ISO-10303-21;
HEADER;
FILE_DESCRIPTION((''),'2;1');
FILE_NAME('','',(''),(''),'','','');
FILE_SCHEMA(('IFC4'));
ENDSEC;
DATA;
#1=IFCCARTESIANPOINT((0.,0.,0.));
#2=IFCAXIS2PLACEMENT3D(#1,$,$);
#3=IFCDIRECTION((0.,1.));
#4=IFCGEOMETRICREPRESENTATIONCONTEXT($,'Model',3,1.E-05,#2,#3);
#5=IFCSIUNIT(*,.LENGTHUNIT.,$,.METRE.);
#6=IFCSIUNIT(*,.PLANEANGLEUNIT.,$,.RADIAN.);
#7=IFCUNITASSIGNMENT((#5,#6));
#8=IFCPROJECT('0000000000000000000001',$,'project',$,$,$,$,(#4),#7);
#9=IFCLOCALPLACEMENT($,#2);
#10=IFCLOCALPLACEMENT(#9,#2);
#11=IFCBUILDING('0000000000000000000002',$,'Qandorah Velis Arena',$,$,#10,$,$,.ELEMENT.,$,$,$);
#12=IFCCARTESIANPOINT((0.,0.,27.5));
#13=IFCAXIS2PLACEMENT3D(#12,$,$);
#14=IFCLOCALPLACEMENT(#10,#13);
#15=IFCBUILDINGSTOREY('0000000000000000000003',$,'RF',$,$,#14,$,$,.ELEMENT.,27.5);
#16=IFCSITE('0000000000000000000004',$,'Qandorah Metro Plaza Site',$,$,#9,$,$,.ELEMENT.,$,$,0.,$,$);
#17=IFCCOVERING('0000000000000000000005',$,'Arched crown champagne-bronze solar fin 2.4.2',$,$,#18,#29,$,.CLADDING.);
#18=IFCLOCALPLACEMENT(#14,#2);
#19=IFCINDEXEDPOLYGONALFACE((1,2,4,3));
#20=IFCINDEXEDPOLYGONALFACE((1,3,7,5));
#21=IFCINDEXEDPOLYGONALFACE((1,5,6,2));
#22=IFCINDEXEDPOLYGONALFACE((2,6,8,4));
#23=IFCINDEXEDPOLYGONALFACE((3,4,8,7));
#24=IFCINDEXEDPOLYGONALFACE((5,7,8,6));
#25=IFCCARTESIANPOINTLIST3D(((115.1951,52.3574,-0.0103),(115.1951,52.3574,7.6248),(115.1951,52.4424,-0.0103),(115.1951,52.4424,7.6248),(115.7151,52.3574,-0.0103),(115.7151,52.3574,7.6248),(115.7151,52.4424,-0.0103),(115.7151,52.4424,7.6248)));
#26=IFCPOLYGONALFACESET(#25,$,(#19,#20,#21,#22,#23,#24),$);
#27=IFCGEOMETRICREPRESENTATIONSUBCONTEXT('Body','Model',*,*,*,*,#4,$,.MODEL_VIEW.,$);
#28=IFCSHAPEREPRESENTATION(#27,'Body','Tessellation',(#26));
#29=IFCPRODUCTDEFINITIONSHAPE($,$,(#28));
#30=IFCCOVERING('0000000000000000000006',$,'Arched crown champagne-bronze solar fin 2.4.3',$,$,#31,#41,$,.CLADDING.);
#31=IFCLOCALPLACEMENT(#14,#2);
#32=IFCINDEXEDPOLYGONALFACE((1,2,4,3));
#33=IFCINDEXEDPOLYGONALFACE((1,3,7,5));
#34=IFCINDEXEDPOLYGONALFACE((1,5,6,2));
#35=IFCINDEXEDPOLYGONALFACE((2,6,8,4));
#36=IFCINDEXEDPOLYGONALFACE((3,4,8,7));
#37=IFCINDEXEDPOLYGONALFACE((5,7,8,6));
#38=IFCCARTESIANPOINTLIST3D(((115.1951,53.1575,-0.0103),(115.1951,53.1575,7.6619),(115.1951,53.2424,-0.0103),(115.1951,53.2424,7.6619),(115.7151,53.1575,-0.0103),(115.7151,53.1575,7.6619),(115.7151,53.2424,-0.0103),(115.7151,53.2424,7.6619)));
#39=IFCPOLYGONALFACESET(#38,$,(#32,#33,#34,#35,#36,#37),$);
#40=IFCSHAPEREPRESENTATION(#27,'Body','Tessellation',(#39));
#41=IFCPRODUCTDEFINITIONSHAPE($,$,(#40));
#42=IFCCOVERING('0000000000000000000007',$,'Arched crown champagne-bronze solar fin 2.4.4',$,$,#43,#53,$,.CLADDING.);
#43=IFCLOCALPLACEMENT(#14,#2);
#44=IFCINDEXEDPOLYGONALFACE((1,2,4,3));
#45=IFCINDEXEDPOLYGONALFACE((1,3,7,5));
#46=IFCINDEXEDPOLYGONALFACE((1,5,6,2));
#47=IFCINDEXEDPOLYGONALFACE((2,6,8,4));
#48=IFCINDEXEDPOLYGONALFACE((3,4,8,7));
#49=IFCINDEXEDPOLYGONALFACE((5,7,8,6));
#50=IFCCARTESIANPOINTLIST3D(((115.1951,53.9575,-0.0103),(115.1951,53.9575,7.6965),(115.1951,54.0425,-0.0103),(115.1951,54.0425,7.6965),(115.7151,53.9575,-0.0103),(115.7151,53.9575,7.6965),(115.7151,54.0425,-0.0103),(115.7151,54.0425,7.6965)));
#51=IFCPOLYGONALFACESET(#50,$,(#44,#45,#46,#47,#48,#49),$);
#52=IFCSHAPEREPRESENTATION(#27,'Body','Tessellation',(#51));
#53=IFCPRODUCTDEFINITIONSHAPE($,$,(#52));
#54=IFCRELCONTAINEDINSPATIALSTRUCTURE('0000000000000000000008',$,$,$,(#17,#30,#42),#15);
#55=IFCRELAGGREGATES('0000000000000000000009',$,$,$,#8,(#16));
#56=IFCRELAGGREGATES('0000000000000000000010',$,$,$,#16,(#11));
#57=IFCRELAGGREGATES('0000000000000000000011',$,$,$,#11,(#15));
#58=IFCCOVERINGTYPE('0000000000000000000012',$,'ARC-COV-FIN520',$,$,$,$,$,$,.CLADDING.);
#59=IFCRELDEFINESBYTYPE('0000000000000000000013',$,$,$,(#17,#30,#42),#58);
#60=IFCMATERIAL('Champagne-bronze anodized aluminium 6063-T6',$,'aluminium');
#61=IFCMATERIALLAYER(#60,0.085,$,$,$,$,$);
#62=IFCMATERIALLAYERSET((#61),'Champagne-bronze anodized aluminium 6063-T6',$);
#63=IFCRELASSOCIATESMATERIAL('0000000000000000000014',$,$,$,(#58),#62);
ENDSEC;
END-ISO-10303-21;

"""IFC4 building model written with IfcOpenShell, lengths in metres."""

from ifc_helpers import new_model, si_unit, direction, frame, origin, origin_2d, place, context, subcontext, project, spatial, rectangle, extrude, material, layer, layer_set, type_object, element, save


model = new_model("IFC4")

# Units and contexts
model_context = context("Model", 3, precision=1e-05, world=origin(), true_north=direction((0.0, 1.0)))
body_context = subcontext(model_context, "Body", "Model", "MODEL_VIEW")
ifc_project = project(units=[si_unit("LENGTHUNIT", "METRE"), si_unit("PLANEANGLEUNIT", "RADIAN")], contexts=[model_context])

# Site, building, storey
site_placement = place(None, origin())
site = spatial("IfcSite", under=ifc_project, at=site_placement, Name="Qandorah Metro Plaza Site", CompositionType="ELEMENT", RefElevation=0.0)
building_placement = place(site_placement, origin())
building = spatial("IfcBuilding", under=site, at=building_placement, Name="Qandorah Velis Arena", CompositionType="ELEMENT")
storey_placement = place(building_placement, frame((0.0, 0.0, 27.5)))
storey = spatial("IfcBuildingStorey", under=building, at=storey_placement, Name="RF", CompositionType="ELEMENT", Elevation=27.5)

# Shared definitions
ifc_material_1 = material(Name="Champagne-bronze anodized aluminium 6063-T6", Category="aluminium")

# Coverings
ifc_layer_1 = layer(ifc_material_1, 0.085)
ifc_layer_set_1 = layer_set([ifc_layer_1], Name="Champagne-bronze anodized aluminium 6063-T6")
covering_type = type_object("IfcCoveringType", Name="ARC-COV-FIN520", PredefinedType="CLADDING", material=ifc_layer_set_1)
covering_1_placement = place(storey_placement, frame((115.4551, 52.3999, -0.0103), z_axis=(0.0, 0.0, 1.0), x_axis=(1.0, 0.0, 0.0)))
element("IfcCovering", 1, at=covering_1_placement, inside=storey, type_object=covering_type, Name="Arched crown champagne-bronze solar fin 2.4.2", PredefinedType="CLADDING", context=body_context, shape_type="SweptSolid", body=[
    extrude(rectangle(XDim=0.52, YDim=0.085, at=origin_2d()), origin(), (0.0, 0.0, 1.0), 7.635),
])
covering_2_placement = place(storey_placement, frame((115.4551, 53.2, -0.0103), z_axis=(0.0, 0.0, 1.0), x_axis=(1.0, 0.0, 0.0)))
element("IfcCovering", 2, at=covering_2_placement, inside=storey, type_object=covering_type, Name="Arched crown champagne-bronze solar fin 2.4.3", PredefinedType="CLADDING", context=body_context, shape_type="SweptSolid", body=[
    extrude(rectangle(XDim=0.52, YDim=0.085, at=origin_2d()), origin(), (0.0, 0.0, 1.0), 7.6721),
])
covering_3_placement = place(storey_placement, frame((115.4551, 54.0, -0.0103), z_axis=(0.0, 0.0, 1.0), x_axis=(1.0, 0.0, 0.0)))
element("IfcCovering", 3, at=covering_3_placement, inside=storey, type_object=covering_type, Name="Arched crown champagne-bronze solar fin 2.4.4", PredefinedType="CLADDING", context=body_context, shape_type="SweptSolid", body=[
    extrude(rectangle(XDim=0.52, YDim=0.085, at=origin_2d()), origin(), (0.0, 0.0, 1.0), 7.7068),
])

save(model, "model.ifc")
